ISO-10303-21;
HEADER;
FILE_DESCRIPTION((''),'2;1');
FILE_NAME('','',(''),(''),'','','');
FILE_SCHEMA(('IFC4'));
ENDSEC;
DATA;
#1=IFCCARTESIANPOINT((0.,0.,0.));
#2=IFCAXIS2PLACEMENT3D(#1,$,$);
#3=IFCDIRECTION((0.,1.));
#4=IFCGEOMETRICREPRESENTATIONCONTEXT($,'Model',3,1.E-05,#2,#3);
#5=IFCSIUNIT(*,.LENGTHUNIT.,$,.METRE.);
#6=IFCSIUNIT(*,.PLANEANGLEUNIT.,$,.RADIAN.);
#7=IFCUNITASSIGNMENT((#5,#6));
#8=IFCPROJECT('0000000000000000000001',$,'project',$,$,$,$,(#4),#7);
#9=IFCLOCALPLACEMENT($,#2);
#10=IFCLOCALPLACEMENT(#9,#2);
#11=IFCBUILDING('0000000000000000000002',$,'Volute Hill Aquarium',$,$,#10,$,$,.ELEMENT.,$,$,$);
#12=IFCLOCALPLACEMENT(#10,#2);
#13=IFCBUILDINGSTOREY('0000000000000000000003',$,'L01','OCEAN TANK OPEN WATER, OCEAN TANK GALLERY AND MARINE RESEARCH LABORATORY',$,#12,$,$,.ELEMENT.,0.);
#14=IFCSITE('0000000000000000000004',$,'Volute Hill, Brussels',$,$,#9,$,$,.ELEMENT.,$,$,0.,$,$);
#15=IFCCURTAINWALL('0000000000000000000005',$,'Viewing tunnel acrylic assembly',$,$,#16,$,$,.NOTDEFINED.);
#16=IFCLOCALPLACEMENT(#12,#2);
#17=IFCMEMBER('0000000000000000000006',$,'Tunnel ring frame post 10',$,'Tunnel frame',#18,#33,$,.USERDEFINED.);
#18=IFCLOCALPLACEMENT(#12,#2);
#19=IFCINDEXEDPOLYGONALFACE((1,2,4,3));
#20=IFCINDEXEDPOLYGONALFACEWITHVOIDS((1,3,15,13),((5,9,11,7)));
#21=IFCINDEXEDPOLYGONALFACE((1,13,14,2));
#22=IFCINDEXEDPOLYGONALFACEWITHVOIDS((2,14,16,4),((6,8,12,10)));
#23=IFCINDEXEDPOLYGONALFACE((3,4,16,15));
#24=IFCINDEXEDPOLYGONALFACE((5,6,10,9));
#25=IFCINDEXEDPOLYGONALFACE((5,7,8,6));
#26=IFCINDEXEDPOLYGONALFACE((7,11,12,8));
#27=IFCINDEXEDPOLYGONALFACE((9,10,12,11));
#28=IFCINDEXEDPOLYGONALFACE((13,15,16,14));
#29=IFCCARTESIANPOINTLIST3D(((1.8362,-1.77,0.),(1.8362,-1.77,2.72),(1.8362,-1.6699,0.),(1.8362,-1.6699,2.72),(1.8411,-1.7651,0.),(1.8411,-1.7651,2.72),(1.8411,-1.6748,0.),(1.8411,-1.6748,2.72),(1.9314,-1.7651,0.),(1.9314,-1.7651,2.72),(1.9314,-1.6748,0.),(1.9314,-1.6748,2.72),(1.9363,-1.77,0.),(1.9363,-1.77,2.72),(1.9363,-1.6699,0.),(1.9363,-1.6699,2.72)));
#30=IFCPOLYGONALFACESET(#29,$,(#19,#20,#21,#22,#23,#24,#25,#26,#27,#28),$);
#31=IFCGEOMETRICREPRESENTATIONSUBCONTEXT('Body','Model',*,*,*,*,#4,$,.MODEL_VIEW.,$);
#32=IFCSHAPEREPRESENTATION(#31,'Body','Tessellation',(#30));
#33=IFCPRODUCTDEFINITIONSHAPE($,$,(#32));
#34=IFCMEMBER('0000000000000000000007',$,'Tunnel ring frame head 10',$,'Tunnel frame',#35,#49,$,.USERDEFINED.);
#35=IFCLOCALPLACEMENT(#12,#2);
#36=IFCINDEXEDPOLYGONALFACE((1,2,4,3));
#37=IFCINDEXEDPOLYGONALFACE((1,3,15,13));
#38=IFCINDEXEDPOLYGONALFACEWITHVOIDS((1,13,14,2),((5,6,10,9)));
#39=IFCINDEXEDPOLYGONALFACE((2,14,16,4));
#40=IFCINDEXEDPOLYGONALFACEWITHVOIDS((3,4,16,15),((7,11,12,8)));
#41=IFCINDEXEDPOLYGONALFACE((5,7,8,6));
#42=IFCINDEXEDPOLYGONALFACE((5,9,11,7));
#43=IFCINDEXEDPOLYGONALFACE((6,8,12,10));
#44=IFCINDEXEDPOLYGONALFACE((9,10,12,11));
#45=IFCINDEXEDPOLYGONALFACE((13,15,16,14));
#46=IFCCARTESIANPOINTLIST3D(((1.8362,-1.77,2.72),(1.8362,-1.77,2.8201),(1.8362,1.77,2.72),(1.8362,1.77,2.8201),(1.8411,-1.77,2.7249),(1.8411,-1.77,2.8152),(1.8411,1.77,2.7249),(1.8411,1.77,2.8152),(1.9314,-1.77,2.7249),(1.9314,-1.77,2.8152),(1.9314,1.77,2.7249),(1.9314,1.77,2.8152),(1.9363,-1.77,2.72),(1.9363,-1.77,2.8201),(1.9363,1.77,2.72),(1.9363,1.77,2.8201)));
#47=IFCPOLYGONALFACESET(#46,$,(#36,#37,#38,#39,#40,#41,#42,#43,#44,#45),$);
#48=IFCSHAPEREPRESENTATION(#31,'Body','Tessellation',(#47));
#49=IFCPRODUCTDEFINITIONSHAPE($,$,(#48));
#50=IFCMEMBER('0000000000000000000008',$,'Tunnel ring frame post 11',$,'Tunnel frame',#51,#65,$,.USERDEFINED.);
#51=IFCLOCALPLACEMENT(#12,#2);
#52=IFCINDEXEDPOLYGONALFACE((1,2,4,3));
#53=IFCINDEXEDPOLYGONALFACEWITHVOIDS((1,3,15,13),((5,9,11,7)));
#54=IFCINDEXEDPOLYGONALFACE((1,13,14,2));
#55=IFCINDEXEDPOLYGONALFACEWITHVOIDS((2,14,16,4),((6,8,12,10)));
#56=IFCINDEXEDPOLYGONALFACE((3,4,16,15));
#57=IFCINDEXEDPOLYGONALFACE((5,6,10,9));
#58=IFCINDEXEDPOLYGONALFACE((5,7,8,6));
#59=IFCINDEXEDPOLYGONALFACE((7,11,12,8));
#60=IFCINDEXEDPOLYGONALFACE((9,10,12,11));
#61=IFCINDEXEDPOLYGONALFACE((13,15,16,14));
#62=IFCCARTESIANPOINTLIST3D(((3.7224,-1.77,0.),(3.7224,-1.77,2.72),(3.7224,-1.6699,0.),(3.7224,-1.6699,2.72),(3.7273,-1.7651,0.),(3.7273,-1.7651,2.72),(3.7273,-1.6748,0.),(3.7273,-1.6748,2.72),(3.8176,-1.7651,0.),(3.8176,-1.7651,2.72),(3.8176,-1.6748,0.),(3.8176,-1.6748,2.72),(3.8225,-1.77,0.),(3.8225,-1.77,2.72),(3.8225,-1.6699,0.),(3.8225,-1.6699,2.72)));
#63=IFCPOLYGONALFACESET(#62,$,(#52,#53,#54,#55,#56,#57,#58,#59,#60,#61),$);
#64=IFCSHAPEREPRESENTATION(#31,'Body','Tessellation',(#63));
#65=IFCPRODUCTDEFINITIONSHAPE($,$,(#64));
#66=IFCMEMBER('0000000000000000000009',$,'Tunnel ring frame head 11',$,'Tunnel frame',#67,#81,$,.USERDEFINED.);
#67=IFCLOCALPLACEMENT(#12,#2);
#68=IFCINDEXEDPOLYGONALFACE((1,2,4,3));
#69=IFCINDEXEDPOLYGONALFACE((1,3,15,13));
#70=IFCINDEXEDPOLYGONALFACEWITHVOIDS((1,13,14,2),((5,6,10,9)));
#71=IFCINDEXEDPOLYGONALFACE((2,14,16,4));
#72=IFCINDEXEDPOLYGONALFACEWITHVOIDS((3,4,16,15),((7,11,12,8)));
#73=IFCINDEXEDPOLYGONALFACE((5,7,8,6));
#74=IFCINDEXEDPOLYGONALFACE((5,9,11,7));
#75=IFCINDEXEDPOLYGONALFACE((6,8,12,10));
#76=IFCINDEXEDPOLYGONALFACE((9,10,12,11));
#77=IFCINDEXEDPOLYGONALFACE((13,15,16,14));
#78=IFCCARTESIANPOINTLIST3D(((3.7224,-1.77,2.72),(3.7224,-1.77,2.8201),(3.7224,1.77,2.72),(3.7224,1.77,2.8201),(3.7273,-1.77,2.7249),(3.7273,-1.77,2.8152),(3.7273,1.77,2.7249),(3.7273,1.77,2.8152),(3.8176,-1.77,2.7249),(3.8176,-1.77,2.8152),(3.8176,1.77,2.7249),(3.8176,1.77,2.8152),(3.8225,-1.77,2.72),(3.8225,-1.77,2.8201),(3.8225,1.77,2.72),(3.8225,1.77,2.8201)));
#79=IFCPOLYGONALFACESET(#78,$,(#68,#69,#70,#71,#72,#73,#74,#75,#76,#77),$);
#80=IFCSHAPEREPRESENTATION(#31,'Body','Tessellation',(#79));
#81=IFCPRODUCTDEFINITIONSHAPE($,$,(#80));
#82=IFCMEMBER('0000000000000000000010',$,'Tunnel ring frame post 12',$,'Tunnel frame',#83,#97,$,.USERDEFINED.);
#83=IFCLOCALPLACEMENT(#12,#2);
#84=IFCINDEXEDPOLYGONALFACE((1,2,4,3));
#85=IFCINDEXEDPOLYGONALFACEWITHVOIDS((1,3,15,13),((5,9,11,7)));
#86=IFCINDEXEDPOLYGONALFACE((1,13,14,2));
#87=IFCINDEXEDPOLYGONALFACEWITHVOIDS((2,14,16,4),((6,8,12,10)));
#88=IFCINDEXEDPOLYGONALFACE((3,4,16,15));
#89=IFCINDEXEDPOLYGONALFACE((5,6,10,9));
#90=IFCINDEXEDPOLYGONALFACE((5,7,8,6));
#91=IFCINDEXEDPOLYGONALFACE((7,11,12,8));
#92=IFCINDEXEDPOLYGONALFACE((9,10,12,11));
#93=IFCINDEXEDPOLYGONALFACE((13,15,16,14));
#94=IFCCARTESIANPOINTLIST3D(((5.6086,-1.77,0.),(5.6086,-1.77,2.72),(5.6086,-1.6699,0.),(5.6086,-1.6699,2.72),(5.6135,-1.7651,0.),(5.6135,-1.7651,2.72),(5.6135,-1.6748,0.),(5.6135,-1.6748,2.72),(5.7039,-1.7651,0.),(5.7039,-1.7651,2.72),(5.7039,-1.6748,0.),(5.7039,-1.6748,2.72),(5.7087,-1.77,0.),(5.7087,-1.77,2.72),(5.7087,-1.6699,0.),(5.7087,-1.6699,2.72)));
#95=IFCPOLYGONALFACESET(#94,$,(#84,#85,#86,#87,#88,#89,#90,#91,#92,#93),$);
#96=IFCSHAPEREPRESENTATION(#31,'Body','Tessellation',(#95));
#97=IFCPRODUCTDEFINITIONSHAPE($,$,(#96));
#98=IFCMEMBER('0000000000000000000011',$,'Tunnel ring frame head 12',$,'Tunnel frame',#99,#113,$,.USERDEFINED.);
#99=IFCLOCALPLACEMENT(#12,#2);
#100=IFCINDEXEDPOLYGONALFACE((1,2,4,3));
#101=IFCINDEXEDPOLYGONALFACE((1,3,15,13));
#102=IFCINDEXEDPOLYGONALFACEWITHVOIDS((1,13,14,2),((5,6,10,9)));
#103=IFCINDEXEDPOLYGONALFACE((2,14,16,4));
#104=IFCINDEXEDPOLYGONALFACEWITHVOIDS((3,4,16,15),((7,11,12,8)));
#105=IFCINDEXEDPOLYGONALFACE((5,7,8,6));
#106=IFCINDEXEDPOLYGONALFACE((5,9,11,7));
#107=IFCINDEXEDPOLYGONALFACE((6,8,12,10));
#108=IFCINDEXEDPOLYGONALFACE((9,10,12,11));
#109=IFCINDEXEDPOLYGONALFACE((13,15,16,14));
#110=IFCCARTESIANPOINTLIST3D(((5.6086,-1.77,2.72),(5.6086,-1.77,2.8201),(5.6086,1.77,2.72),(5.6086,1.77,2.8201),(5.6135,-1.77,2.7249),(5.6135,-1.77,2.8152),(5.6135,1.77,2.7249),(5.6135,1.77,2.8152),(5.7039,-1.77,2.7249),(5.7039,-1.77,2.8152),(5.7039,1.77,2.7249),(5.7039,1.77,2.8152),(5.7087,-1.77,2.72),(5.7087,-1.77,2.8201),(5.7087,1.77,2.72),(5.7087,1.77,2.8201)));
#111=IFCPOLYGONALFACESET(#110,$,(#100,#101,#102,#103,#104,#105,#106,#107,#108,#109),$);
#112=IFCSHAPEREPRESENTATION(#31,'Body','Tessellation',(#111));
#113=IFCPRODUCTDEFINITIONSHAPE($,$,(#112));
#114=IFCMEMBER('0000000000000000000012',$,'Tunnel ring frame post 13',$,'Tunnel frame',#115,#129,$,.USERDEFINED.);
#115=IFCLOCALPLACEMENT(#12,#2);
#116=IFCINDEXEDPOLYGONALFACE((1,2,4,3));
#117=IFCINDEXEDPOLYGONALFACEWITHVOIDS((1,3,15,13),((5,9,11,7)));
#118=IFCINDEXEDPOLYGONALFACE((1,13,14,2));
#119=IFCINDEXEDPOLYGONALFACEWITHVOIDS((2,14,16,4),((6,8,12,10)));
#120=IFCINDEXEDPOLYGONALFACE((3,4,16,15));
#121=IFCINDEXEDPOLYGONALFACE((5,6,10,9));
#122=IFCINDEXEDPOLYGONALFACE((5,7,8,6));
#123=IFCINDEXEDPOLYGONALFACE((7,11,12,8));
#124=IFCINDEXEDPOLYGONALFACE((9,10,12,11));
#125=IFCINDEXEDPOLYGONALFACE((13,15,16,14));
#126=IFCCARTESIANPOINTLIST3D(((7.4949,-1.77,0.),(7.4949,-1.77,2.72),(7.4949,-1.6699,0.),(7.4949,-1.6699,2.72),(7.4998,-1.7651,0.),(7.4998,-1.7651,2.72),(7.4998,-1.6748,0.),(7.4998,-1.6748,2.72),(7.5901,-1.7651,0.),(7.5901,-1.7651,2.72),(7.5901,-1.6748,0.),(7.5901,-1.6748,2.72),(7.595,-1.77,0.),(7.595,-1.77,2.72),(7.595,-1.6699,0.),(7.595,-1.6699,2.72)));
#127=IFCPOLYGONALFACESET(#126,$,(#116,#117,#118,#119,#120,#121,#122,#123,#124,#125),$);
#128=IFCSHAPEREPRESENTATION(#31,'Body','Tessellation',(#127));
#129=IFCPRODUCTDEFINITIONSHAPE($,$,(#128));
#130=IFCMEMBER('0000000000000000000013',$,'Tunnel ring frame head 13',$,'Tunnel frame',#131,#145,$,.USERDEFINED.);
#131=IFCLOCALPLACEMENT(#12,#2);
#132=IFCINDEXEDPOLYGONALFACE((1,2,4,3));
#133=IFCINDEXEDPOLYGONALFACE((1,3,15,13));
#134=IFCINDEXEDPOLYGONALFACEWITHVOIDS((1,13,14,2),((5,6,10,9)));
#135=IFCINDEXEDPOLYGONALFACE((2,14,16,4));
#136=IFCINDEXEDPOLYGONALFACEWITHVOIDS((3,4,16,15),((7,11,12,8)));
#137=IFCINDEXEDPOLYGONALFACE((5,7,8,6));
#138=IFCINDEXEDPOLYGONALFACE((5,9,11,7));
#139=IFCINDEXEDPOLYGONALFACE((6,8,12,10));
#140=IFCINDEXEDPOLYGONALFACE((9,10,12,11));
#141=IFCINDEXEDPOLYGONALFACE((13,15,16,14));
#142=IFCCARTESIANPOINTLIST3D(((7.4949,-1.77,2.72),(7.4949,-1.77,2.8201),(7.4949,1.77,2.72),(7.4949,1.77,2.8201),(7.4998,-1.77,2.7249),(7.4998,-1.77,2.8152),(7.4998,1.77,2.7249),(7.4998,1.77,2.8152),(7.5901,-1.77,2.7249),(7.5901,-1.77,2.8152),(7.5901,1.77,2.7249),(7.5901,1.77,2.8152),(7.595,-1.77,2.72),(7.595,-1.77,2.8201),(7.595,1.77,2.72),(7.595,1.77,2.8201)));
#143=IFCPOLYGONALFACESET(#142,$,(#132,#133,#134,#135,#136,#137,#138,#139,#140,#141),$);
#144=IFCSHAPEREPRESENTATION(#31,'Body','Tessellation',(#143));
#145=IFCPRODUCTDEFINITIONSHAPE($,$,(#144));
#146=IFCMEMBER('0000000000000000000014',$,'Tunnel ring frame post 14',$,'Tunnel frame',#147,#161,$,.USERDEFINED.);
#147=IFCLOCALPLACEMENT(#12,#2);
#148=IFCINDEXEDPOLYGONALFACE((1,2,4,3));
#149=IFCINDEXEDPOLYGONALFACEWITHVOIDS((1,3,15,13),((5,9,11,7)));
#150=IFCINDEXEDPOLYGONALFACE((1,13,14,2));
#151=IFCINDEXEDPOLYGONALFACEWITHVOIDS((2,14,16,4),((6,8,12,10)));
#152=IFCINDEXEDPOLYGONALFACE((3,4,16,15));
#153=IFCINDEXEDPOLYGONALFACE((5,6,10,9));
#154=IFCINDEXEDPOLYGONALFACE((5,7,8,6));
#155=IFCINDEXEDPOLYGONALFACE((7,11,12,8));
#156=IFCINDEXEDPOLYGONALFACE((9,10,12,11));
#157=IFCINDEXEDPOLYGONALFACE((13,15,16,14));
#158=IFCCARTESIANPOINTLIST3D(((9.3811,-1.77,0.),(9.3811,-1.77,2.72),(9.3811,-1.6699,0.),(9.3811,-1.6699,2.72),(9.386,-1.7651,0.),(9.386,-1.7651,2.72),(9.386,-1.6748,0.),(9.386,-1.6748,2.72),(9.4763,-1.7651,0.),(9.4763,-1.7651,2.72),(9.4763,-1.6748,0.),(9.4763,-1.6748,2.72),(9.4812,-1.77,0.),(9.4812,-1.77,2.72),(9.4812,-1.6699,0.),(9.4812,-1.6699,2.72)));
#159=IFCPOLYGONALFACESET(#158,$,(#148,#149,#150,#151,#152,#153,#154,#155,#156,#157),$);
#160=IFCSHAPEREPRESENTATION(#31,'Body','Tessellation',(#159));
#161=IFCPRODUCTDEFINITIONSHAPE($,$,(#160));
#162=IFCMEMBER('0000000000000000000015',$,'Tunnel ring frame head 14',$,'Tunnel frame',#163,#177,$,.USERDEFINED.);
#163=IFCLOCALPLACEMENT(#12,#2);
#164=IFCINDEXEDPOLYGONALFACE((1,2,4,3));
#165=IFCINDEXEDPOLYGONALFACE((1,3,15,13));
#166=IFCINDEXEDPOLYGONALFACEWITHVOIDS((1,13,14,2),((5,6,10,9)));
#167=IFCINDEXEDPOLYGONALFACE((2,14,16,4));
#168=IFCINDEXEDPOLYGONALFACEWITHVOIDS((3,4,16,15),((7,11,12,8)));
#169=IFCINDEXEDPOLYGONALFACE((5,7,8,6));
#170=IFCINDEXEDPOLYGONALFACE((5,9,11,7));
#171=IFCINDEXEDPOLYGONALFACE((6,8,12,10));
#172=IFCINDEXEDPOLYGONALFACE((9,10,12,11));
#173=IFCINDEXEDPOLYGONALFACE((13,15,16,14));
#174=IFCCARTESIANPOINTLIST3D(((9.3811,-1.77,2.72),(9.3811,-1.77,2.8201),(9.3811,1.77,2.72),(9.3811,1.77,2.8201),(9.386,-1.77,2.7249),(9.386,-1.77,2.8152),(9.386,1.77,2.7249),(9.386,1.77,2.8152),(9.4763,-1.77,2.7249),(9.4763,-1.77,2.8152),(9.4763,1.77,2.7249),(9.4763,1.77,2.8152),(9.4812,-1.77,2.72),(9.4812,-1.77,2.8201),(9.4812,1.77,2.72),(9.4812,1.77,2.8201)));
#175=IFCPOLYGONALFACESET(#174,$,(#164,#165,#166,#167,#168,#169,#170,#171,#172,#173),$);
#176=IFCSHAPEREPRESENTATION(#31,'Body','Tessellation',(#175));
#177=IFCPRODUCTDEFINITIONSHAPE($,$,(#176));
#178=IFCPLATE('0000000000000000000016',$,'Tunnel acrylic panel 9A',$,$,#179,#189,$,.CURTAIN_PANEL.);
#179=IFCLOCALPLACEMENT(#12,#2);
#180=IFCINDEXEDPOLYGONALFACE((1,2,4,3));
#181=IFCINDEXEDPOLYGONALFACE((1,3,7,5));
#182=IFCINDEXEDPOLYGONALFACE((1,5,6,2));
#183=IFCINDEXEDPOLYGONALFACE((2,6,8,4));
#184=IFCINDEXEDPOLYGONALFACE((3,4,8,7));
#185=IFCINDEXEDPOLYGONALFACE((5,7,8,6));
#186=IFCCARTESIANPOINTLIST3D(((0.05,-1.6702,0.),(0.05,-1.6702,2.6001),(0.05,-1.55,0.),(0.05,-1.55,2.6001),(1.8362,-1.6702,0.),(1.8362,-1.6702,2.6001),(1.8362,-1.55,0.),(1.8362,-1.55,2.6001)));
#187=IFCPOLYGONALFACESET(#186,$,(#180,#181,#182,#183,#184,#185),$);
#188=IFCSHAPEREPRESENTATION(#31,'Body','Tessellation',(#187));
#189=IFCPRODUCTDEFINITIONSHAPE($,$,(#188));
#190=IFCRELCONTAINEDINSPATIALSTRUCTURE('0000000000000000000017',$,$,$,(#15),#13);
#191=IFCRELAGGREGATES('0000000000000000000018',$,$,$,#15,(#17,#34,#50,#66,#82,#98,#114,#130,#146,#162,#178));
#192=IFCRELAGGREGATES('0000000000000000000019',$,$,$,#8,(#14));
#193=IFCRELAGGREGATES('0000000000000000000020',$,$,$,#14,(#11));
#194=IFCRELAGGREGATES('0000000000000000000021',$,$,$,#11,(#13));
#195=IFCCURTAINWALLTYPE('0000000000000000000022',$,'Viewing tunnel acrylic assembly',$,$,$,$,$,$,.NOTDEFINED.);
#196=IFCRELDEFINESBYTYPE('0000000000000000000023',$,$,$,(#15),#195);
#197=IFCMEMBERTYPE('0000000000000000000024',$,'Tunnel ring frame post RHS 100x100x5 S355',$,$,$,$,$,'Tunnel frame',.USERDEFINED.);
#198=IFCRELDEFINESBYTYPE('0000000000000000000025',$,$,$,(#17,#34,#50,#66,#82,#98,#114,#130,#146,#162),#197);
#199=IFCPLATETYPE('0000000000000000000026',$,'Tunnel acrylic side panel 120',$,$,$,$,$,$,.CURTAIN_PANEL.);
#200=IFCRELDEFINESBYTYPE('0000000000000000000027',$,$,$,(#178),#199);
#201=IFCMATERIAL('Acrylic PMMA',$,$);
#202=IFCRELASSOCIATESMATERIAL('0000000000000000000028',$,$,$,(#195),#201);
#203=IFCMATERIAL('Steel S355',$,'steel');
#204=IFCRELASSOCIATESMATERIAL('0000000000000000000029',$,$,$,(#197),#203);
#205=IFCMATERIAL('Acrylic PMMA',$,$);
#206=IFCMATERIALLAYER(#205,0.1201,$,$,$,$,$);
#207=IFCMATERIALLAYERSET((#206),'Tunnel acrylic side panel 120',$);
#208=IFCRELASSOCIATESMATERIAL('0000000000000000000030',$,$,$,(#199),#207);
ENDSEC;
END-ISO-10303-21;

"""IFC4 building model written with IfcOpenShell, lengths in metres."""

from ifc_helpers import new_model, si_unit, direction, frame, origin, origin_2d, place, context, subcontext, project, spatial, rectangle, hollow_rectangle, extrude, material, layer, layer_set, material_profile, profile_set, type_object, element, aggregate, save


model = new_model("IFC4")

# Units and contexts
model_context = context("Model", 3, precision=1e-05, world=origin(), true_north=direction((0.0, 1.0)))
body_context = subcontext(model_context, "Body", "Model", "MODEL_VIEW")
ifc_project = project(units=[si_unit("LENGTHUNIT", "METRE"), si_unit("PLANEANGLEUNIT", "RADIAN")], contexts=[model_context])

# Site, building, storey
site_placement = place(None, origin())
site = spatial("IfcSite", under=ifc_project, at=site_placement, Name="Volute Hill, Brussels", CompositionType="ELEMENT", RefElevation=0.0)
building_placement = place(site_placement, origin())
building = spatial("IfcBuilding", under=site, at=building_placement, Name="Volute Hill Aquarium", CompositionType="ELEMENT")
storey_placement = place(building_placement, origin())
storey = spatial("IfcBuildingStorey", under=building, at=storey_placement, Name="L01", Description="OCEAN TANK OPEN WATER, OCEAN TANK GALLERY AND MARINE RESEARCH LABORATORY", CompositionType="ELEMENT", Elevation=0.0)

# Curtain wall, members, plate
ifc_material_1 = material(Name="Acrylic PMMA")
curtain_wall_type = type_object("IfcCurtainWallType", Name="Viewing tunnel acrylic assembly", PredefinedType="NOTDEFINED", material=ifc_material_1)
curtain_wall_placement = place(storey_placement, origin())
curtain_wall = element("IfcCurtainWall", 1, at=curtain_wall_placement, inside=storey, type_object=curtain_wall_type, Name="Viewing tunnel acrylic assembly", PredefinedType="NOTDEFINED")
ifc_material_2 = material(Name="Steel S355", Category="steel")
ifc_material_profile = material_profile(ifc_material_2, hollow_rectangle(XDim=0.1001, YDim=0.1001, WallThickness=0.0049, at=origin_2d()), Name="RHS 100x100x5")
ifc_profile_set = profile_set([ifc_material_profile], Name="Steel S355")
member_type = type_object("IfcMemberType", Name="Tunnel ring frame post RHS 100x100x5 S355", ElementType="Tunnel frame", PredefinedType="USERDEFINED", material=ifc_profile_set)
member_1_placement = place(storey_placement, frame((1.8862, -1.72, 0.0), z_axis=(0.0, 0.0, 1.0), x_axis=(1.0, 0.0, 0.0)))
member_1 = element("IfcMember", 2, at=member_1_placement, type_object=member_type, Name="Tunnel ring frame post 10", ObjectType="Tunnel frame", PredefinedType="USERDEFINED", context=body_context, shape_type="SweptSolid", body=[
    extrude(hollow_rectangle(XDim=0.1001, YDim=0.1001, WallThickness=0.0049, at=origin_2d()), origin(), (0.0, 0.0, 1.0), 2.72),
])
member_2_placement = place(storey_placement, frame((1.8862, -1.77, 2.77), z_axis=(0.0, 1.0, 0.0), x_axis=(-1.0, 0.0, 0.0)))
member_2 = element("IfcMember", 3, at=member_2_placement, type_object=member_type, Name="Tunnel ring frame head 10", ObjectType="Tunnel frame", PredefinedType="USERDEFINED", context=body_context, shape_type="SweptSolid", body=[
    extrude(hollow_rectangle(XDim=0.1001, YDim=0.1001, WallThickness=0.0049, at=origin_2d()), origin(), (0.0, 0.0, 1.0), 3.54),
])
member_3_placement = place(storey_placement, frame((3.7725, -1.72, 0.0), z_axis=(0.0, 0.0, 1.0), x_axis=(1.0, 0.0, 0.0)))
member_3 = element("IfcMember", 4, at=member_3_placement, type_object=member_type, Name="Tunnel ring frame post 11", ObjectType="Tunnel frame", PredefinedType="USERDEFINED", context=body_context, shape_type="SweptSolid", body=[
    extrude(hollow_rectangle(XDim=0.1001, YDim=0.1001, WallThickness=0.0049, at=origin_2d()), origin(), (0.0, 0.0, 1.0), 2.72),
])
member_4_placement = place(storey_placement, frame((3.7725, -1.77, 2.77), z_axis=(0.0, 1.0, 0.0), x_axis=(-1.0, 0.0, 0.0)))
member_4 = element("IfcMember", 5, at=member_4_placement, type_object=member_type, Name="Tunnel ring frame head 11", ObjectType="Tunnel frame", PredefinedType="USERDEFINED", context=body_context, shape_type="SweptSolid", body=[
    extrude(hollow_rectangle(XDim=0.1001, YDim=0.1001, WallThickness=0.0049, at=origin_2d()), origin(), (0.0, 0.0, 1.0), 3.54),
])
member_5_placement = place(storey_placement, frame((5.6587, -1.72, 0.0), z_axis=(0.0, 0.0, 1.0), x_axis=(1.0, 0.0, 0.0)))
member_5 = element("IfcMember", 6, at=member_5_placement, type_object=member_type, Name="Tunnel ring frame post 12", ObjectType="Tunnel frame", PredefinedType="USERDEFINED", context=body_context, shape_type="SweptSolid", body=[
    extrude(hollow_rectangle(XDim=0.1001, YDim=0.1001, WallThickness=0.0049, at=origin_2d()), origin(), (0.0, 0.0, 1.0), 2.72),
])
member_6_placement = place(storey_placement, frame((5.6587, -1.77, 2.77), z_axis=(0.0, 1.0, 0.0), x_axis=(-1.0, 0.0, 0.0)))
member_6 = element("IfcMember", 7, at=member_6_placement, type_object=member_type, Name="Tunnel ring frame head 12", ObjectType="Tunnel frame", PredefinedType="USERDEFINED", context=body_context, shape_type="SweptSolid", body=[
    extrude(hollow_rectangle(XDim=0.1001, YDim=0.1001, WallThickness=0.0049, at=origin_2d()), origin(), (0.0, 0.0, 1.0), 3.54),
])
member_7_placement = place(storey_placement, frame((7.5449, -1.72, 0.0), z_axis=(0.0, 0.0, 1.0), x_axis=(1.0, 0.0, 0.0)))
member_7 = element("IfcMember", 8, at=member_7_placement, type_object=member_type, Name="Tunnel ring frame post 13", ObjectType="Tunnel frame", PredefinedType="USERDEFINED", context=body_context, shape_type="SweptSolid", body=[
    extrude(hollow_rectangle(XDim=0.1001, YDim=0.1001, WallThickness=0.0049, at=origin_2d()), origin(), (0.0, 0.0, 1.0), 2.72),
])
member_8_placement = place(storey_placement, frame((7.5449, -1.77, 2.77), z_axis=(0.0, 1.0, 0.0), x_axis=(-1.0, 0.0, 0.0)))
member_8 = element("IfcMember", 9, at=member_8_placement, type_object=member_type, Name="Tunnel ring frame head 13", ObjectType="Tunnel frame", PredefinedType="USERDEFINED", context=body_context, shape_type="SweptSolid", body=[
    extrude(hollow_rectangle(XDim=0.1001, YDim=0.1001, WallThickness=0.0049, at=origin_2d()), origin(), (0.0, 0.0, 1.0), 3.54),
])
member_9_placement = place(storey_placement, frame((9.4312, -1.72, 0.0), z_axis=(0.0, 0.0, 1.0), x_axis=(1.0, 0.0, 0.0)))
member_9 = element("IfcMember", 10, at=member_9_placement, type_object=member_type, Name="Tunnel ring frame post 14", ObjectType="Tunnel frame", PredefinedType="USERDEFINED", context=body_context, shape_type="SweptSolid", body=[
    extrude(hollow_rectangle(XDim=0.1001, YDim=0.1001, WallThickness=0.0049, at=origin_2d()), origin(), (0.0, 0.0, 1.0), 2.72),
])
member_10_placement = place(storey_placement, frame((9.4312, -1.77, 2.77), z_axis=(0.0, 1.0, 0.0), x_axis=(-1.0, 0.0, 0.0)))
member_10 = element("IfcMember", 11, at=member_10_placement, type_object=member_type, Name="Tunnel ring frame head 14", ObjectType="Tunnel frame", PredefinedType="USERDEFINED", context=body_context, shape_type="SweptSolid", body=[
    extrude(hollow_rectangle(XDim=0.1001, YDim=0.1001, WallThickness=0.0049, at=origin_2d()), origin(), (0.0, 0.0, 1.0), 3.54),
])
ifc_material_3 = material(Name="Acrylic PMMA")
ifc_layer_1 = layer(ifc_material_3, 0.1201)
ifc_layer_set_1 = layer_set([ifc_layer_1], Name="Tunnel acrylic side panel 120")
plate_type_1 = type_object("IfcPlateType", Name="Tunnel acrylic side panel 120", PredefinedType="CURTAIN_PANEL", material=ifc_layer_set_1)
plate_1_placement = place(storey_placement, frame((0.9431, -1.6101, 0.0), z_axis=(0.0, 0.0, 1.0), x_axis=(1.0, 0.0, 0.0)))
plate_1 = element("IfcPlate", 12, at=plate_1_placement, type_object=plate_type_1, Name="Tunnel acrylic panel 9A", PredefinedType="CURTAIN_PANEL", context=body_context, shape_type="SweptSolid", body=[
    extrude(rectangle(XDim=1.7861, YDim=0.1201, at=origin_2d()), origin(), (0.0, 0.0, 1.0), 2.6001),
])
aggregate(curtain_wall, [member_1, member_2, member_3, member_4, member_5, member_6, member_7, member_8, member_9, member_10, plate_1])

save(model, "model.ifc")
